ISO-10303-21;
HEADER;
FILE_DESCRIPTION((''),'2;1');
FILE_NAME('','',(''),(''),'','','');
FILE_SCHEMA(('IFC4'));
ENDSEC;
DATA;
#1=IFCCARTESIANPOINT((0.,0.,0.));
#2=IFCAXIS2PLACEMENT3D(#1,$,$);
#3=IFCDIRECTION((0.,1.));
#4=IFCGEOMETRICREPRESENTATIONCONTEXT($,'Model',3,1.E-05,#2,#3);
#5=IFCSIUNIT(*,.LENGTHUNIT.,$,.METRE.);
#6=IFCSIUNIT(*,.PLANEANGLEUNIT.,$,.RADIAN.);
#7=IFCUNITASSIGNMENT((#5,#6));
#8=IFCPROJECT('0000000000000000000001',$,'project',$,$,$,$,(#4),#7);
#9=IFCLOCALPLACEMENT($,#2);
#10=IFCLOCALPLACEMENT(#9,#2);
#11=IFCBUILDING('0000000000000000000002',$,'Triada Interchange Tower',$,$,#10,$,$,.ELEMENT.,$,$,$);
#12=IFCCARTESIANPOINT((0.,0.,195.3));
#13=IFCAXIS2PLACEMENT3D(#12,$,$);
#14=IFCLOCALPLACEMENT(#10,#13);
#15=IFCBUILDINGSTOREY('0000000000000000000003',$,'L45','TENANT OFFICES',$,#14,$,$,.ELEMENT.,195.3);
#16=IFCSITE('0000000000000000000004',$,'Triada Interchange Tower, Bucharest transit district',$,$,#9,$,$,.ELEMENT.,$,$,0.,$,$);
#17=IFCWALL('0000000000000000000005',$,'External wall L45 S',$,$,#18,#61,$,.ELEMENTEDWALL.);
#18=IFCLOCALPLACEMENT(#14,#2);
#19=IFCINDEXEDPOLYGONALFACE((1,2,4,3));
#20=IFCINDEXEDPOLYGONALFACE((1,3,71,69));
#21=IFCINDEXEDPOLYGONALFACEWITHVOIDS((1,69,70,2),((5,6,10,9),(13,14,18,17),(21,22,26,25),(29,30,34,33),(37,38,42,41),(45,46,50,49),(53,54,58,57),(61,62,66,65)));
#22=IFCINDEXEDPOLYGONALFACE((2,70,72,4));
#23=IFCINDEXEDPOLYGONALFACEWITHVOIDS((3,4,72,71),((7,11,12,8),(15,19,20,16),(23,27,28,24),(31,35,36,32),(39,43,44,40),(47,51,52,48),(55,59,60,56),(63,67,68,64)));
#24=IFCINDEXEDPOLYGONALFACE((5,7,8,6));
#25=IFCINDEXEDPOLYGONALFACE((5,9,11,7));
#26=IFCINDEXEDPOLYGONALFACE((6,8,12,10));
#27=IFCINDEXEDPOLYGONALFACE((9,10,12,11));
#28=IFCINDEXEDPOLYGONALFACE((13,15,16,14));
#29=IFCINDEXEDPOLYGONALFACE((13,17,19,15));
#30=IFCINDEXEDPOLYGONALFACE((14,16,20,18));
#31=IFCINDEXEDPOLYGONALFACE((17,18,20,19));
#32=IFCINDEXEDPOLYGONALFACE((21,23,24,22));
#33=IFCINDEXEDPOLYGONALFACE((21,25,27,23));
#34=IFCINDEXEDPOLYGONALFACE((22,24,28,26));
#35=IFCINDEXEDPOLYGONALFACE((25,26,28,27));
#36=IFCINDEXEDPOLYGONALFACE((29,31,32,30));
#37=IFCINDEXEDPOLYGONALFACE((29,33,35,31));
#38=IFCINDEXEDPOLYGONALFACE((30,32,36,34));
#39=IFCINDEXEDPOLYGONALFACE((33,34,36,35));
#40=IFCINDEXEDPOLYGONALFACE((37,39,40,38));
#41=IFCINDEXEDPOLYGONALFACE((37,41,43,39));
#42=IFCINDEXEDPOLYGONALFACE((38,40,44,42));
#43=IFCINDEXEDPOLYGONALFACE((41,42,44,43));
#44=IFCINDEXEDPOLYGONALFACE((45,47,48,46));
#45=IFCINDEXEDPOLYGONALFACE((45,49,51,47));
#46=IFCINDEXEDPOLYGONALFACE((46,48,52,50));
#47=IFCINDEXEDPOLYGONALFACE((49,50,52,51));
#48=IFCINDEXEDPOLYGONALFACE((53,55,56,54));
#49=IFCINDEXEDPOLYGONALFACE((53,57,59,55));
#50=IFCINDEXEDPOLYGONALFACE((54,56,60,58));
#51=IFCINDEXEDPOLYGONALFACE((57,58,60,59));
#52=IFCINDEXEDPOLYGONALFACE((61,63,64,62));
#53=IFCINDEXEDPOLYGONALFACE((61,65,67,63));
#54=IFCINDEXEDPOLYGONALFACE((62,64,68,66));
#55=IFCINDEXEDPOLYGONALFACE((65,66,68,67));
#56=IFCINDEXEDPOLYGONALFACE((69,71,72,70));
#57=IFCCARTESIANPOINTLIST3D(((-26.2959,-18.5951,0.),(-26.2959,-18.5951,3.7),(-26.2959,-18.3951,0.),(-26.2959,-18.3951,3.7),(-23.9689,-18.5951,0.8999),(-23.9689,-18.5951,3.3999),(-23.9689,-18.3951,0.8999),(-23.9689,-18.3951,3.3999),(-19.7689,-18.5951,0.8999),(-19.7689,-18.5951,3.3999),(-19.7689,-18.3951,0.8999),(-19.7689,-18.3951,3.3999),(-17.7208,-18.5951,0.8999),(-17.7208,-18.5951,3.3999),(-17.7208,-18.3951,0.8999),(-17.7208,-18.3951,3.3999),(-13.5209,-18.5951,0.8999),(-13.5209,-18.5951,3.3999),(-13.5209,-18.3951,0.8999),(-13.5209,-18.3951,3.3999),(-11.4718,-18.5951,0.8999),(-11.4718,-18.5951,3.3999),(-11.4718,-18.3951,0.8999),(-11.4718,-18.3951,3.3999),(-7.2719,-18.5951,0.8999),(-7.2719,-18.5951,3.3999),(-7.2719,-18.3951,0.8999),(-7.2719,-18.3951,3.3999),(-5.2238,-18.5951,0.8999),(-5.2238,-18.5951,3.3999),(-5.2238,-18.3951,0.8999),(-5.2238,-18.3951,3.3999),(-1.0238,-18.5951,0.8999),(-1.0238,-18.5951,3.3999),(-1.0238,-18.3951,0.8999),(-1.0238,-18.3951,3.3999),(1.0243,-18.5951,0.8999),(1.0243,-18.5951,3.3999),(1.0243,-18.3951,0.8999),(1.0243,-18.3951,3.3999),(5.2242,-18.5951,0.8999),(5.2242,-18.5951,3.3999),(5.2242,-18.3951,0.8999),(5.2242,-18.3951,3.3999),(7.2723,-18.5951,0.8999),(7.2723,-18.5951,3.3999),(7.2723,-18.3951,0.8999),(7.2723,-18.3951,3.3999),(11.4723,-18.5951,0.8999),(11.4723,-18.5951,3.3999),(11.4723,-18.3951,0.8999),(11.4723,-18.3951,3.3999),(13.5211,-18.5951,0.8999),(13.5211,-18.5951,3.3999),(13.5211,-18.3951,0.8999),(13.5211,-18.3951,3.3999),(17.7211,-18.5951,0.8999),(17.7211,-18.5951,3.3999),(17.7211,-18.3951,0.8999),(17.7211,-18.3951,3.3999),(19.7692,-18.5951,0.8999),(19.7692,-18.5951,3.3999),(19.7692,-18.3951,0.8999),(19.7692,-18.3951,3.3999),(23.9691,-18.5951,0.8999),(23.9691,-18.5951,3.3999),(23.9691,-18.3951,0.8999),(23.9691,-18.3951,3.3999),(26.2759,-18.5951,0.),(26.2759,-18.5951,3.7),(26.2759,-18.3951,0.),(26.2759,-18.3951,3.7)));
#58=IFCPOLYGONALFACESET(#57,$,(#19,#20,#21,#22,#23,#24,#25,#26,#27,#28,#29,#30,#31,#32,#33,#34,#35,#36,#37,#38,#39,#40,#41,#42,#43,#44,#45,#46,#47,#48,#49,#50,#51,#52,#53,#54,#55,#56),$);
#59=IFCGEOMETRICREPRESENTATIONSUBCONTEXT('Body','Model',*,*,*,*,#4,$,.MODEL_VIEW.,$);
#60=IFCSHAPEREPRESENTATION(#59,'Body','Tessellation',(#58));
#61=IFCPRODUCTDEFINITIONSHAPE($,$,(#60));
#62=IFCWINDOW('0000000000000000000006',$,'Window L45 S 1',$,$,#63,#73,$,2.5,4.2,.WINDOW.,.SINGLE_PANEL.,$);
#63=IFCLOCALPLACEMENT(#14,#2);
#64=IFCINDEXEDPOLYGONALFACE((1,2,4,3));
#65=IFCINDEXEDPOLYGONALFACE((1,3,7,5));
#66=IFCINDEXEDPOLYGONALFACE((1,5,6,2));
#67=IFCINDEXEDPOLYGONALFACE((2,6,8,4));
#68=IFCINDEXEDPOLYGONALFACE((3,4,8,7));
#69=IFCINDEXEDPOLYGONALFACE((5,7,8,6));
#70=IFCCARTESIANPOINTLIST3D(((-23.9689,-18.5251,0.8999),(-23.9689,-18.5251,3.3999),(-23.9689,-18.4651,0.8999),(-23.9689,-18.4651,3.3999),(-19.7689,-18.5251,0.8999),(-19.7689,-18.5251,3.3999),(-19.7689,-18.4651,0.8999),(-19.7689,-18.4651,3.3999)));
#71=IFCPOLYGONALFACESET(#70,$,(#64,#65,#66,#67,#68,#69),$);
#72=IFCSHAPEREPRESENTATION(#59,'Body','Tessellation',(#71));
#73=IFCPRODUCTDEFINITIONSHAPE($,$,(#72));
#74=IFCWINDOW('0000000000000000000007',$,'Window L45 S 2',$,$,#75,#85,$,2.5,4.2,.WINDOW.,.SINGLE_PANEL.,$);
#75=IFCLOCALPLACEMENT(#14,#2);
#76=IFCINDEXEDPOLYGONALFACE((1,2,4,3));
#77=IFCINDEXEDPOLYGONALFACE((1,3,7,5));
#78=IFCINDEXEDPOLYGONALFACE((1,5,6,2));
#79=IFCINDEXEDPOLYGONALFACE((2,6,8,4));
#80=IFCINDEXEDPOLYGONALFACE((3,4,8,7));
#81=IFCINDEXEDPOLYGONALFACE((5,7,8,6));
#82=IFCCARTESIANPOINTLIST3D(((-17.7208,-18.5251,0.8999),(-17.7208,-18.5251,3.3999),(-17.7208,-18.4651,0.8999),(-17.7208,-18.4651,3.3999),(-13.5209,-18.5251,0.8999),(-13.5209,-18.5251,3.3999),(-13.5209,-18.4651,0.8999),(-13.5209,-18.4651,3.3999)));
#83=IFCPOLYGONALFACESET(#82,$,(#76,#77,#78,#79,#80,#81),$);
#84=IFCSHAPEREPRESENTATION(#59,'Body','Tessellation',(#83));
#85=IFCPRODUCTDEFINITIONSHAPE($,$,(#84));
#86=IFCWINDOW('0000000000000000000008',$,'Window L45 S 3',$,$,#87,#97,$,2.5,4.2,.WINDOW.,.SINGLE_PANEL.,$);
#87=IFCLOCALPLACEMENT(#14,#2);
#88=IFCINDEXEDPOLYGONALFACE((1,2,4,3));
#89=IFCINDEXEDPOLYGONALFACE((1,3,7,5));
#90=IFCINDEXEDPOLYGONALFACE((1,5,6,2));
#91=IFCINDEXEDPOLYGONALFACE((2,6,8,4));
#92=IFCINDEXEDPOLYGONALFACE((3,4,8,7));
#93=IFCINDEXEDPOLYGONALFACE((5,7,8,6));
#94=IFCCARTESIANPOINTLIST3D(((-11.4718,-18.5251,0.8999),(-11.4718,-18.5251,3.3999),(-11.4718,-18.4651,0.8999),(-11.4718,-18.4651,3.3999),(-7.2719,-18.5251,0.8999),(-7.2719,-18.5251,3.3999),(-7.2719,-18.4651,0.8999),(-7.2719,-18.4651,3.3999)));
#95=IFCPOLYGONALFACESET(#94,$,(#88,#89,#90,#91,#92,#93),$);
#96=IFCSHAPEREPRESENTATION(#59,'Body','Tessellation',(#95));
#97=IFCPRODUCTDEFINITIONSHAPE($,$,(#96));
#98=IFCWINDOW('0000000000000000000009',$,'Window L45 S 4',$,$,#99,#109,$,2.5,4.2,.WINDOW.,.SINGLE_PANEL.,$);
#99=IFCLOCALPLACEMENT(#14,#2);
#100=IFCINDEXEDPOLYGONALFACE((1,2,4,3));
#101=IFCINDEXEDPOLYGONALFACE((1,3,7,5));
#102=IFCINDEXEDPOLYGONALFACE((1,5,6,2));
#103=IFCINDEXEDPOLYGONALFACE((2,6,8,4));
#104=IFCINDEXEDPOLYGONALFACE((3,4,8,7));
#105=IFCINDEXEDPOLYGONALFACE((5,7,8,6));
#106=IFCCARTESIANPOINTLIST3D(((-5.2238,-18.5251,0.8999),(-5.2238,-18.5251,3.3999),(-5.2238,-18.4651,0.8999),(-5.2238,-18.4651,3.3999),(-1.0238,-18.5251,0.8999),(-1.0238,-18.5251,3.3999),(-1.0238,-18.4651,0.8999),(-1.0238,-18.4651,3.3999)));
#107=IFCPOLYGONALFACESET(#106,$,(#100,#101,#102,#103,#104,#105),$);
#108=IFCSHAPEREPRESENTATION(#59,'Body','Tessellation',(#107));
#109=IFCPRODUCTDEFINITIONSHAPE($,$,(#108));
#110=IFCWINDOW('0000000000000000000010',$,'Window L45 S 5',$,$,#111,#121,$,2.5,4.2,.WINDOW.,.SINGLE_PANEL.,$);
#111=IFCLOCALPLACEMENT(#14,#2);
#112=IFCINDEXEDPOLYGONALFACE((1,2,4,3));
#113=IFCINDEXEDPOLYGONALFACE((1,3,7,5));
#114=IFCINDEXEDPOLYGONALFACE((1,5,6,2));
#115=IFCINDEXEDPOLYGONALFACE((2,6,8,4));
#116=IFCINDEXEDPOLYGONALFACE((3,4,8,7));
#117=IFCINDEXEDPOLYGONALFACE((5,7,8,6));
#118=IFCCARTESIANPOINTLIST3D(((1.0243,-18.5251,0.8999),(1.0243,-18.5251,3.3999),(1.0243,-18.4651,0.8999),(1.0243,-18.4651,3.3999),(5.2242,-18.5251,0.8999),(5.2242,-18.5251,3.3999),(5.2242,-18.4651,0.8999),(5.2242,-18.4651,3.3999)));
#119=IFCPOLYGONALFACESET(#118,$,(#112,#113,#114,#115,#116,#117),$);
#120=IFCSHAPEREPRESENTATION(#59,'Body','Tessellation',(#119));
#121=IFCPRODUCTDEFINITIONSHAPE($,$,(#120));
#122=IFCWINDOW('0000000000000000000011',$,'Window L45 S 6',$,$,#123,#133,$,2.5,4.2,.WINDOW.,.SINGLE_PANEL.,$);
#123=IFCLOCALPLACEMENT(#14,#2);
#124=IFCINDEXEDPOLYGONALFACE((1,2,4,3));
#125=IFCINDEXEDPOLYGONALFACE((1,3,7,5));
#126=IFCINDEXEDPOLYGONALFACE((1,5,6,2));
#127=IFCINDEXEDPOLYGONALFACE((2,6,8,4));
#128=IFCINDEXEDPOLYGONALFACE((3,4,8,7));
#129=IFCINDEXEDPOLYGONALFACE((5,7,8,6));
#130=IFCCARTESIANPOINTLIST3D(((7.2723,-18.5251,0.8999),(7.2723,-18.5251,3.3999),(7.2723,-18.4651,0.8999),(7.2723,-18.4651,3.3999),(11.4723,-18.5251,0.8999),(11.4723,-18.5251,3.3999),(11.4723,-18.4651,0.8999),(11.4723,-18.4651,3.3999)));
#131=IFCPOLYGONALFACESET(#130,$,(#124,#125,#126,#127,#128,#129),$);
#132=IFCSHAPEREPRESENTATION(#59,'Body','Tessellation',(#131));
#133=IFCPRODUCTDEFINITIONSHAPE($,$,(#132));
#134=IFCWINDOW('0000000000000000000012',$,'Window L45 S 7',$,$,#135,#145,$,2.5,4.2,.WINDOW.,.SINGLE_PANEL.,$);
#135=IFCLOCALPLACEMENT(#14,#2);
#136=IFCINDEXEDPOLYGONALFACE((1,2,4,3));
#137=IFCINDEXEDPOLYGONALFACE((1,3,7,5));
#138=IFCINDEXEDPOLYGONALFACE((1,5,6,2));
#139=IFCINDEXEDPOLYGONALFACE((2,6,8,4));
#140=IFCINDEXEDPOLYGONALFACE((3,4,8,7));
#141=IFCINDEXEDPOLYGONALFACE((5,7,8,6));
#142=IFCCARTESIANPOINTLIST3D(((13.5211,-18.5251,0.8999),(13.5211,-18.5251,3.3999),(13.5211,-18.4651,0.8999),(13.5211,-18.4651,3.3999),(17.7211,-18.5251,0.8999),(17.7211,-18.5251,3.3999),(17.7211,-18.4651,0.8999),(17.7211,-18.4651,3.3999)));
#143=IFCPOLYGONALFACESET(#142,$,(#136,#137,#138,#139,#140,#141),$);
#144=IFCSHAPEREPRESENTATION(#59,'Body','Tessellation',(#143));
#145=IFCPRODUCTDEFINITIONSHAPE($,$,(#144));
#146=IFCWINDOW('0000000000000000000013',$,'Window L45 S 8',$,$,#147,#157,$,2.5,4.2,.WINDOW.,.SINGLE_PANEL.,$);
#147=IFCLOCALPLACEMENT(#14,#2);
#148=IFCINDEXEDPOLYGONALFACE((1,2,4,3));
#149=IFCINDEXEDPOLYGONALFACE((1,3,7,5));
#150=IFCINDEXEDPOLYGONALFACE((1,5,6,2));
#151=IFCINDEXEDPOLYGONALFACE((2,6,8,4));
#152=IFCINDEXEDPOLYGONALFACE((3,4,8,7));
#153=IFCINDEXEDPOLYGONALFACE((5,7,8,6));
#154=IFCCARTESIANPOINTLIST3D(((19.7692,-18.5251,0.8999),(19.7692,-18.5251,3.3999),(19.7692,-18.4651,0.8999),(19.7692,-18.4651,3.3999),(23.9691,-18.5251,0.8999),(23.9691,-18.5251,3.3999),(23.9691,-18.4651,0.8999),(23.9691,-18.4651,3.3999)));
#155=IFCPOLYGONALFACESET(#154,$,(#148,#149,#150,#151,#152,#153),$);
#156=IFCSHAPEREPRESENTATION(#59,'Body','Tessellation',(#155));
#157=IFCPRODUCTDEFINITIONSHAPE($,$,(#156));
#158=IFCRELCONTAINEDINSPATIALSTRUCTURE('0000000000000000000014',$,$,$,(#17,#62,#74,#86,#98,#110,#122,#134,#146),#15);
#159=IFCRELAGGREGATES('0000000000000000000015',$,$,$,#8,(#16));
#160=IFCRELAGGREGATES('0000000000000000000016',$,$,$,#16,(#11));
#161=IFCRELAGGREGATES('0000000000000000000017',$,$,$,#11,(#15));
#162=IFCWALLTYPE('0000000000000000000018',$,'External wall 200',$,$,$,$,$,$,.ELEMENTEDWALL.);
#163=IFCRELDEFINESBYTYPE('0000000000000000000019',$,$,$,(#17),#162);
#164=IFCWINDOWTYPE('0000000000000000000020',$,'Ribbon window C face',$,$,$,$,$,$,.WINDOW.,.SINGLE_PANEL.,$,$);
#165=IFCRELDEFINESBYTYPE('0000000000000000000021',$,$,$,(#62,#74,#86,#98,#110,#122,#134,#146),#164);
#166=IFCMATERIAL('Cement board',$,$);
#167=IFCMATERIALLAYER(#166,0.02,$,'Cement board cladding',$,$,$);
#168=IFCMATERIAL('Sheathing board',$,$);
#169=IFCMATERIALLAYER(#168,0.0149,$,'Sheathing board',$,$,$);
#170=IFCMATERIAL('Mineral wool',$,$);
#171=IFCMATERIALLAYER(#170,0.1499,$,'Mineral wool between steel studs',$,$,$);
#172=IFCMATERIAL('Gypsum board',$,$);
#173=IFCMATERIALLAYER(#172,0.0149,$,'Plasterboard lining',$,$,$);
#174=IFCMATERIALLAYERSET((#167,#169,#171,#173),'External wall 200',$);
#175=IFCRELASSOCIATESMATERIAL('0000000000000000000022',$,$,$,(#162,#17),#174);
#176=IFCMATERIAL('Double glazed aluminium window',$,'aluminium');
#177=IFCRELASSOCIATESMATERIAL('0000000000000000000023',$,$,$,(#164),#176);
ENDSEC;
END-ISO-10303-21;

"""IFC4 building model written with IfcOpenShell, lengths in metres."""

from ifc_helpers import new_model, si_unit, direction, frame, frame_2d, origin, place, context, subcontext, project, spatial, rectangle, extrude, material, layer, layer_set, layer_usage, type_object, element, fill, save


model = new_model("IFC4")

# Units and contexts
model_context = context("Model", 3, precision=1e-05, world=origin(), true_north=direction((0.0, 1.0)))
body_context = subcontext(model_context, "Body", "Model", "MODEL_VIEW")
ifc_project = project(units=[si_unit("LENGTHUNIT", "METRE"), si_unit("PLANEANGLEUNIT", "RADIAN")], contexts=[model_context])

# Site, building, storey
site_placement = place(None, origin())
site = spatial("IfcSite", under=ifc_project, at=site_placement, Name="Triada Interchange Tower, Bucharest transit district", CompositionType="ELEMENT", RefElevation=0.0)
building_placement = place(site_placement, origin())
building = spatial("IfcBuilding", under=site, at=building_placement, Name="Triada Interchange Tower", CompositionType="ELEMENT")
storey_placement = place(building_placement, frame((0.0, 0.0, 195.3)))
storey = spatial("IfcBuildingStorey", under=building, at=storey_placement, Name="L45", Description="TENANT OFFICES", CompositionType="ELEMENT", Elevation=195.3)

# Shared definitions
ifc_material_1 = material(Name="Cement board")
ifc_layer_1 = layer(ifc_material_1, 0.02, Name="Cement board cladding")
ifc_material_2 = material(Name="Sheathing board")
ifc_layer_2 = layer(ifc_material_2, 0.0149, Name="Sheathing board")
ifc_material_3 = material(Name="Mineral wool")
ifc_layer_3 = layer(ifc_material_3, 0.1499, Name="Mineral wool between steel studs")
ifc_material_4 = material(Name="Gypsum board")
ifc_layer_4 = layer(ifc_material_4, 0.0149, Name="Plasterboard lining")
ifc_layer_set_1 = layer_set([ifc_layer_1, ifc_layer_2, ifc_layer_3, ifc_layer_4], Name="External wall 200")
ifc_layer_usage = layer_usage(ifc_layer_set_1, "AXIS2", "POSITIVE", -0.1001)
wall_type_1 = type_object("IfcWallType", Name="External wall 200", PredefinedType="ELEMENTEDWALL", material=ifc_layer_set_1)
ifc_material_5 = material(Name="Double glazed aluminium window", Category="aluminium")

# Wall, openings, windows
wall_1_placement = place(storey_placement, frame((-26.2959, -18.4951, 0.0), z_axis=(0.0, 0.0, 1.0), x_axis=(1.0, 0.0, 0.0)))
wall_1 = element("IfcWall", 1, at=wall_1_placement, inside=storey, type_object=wall_type_1, material=ifc_layer_usage, Name="External wall L45 S", PredefinedType="ELEMENTEDWALL", context=body_context, shape_type="SweptSolid", body=[
    extrude(rectangle(XDim=52.5718, YDim=0.2, at=frame_2d((26.2859, 0.0))), origin(), (0.0, 0.0, 1.0), 3.7),
])
opening_1_placement = place(wall_1_placement, frame((2.3269, 0.0, 0.8999)))
opening_1 = element("IfcOpeningElement", 2, at=opening_1_placement, cuts=wall_1, PredefinedType="OPENING", context=body_context, shape_type="SweptSolid", body=[
    extrude(rectangle(XDim=4.2, YDim=2.5, at=frame_2d((2.1001, 1.25))), frame((0.0, 0.1099, 0.0), z_axis=(0.0, -1.0, 0.0), x_axis=(1.0, 0.0, 0.0)), (0.0, 0.0, 1.0), 0.22),
])
opening_2_placement = place(wall_1_placement, frame((8.575, 0.0, 0.8999)))
opening_2 = element("IfcOpeningElement", 3, at=opening_2_placement, cuts=wall_1, PredefinedType="OPENING", context=body_context, shape_type="SweptSolid", body=[
    extrude(rectangle(XDim=4.2, YDim=2.5, at=frame_2d((2.1001, 1.25))), frame((0.0, 0.1099, 0.0), z_axis=(0.0, -1.0, 0.0), x_axis=(1.0, 0.0, 0.0)), (0.0, 0.0, 1.0), 0.22),
])
opening_3_placement = place(wall_1_placement, frame((14.824, 0.0, 0.8999)))
opening_3 = element("IfcOpeningElement", 4, at=opening_3_placement, cuts=wall_1, PredefinedType="OPENING", context=body_context, shape_type="SweptSolid", body=[
    extrude(rectangle(XDim=4.2, YDim=2.5, at=frame_2d((2.1001, 1.25))), frame((0.0, 0.1099, 0.0), z_axis=(0.0, -1.0, 0.0), x_axis=(1.0, 0.0, 0.0)), (0.0, 0.0, 1.0), 0.22),
])
opening_4_placement = place(wall_1_placement, frame((21.072, 0.0, 0.8999)))
opening_4 = element("IfcOpeningElement", 5, at=opening_4_placement, cuts=wall_1, PredefinedType="OPENING", context=body_context, shape_type="SweptSolid", body=[
    extrude(rectangle(XDim=4.2, YDim=2.5, at=frame_2d((2.1001, 1.25))), frame((0.0, 0.1099, 0.0), z_axis=(0.0, -1.0, 0.0), x_axis=(1.0, 0.0, 0.0)), (0.0, 0.0, 1.0), 0.22),
])
opening_5_placement = place(wall_1_placement, frame((27.3201, 0.0, 0.8999)))
opening_5 = element("IfcOpeningElement", 6, at=opening_5_placement, cuts=wall_1, PredefinedType="OPENING", context=body_context, shape_type="SweptSolid", body=[
    extrude(rectangle(XDim=4.2, YDim=2.5, at=frame_2d((2.1001, 1.25))), frame((0.0, 0.1099, 0.0), z_axis=(0.0, -1.0, 0.0), x_axis=(1.0, 0.0, 0.0)), (0.0, 0.0, 1.0), 0.22),
])
opening_6_placement = place(wall_1_placement, frame((33.5681, 0.0, 0.8999)))
opening_6 = element("IfcOpeningElement", 7, at=opening_6_placement, cuts=wall_1, PredefinedType="OPENING", context=body_context, shape_type="SweptSolid", body=[
    extrude(rectangle(XDim=4.2, YDim=2.5, at=frame_2d((2.1001, 1.25))), frame((0.0, 0.1099, 0.0), z_axis=(0.0, -1.0, 0.0), x_axis=(1.0, 0.0, 0.0)), (0.0, 0.0, 1.0), 0.22),
])
opening_7_placement = place(wall_1_placement, frame((39.8169, 0.0, 0.8999)))
opening_7 = element("IfcOpeningElement", 8, at=opening_7_placement, cuts=wall_1, PredefinedType="OPENING", context=body_context, shape_type="SweptSolid", body=[
    extrude(rectangle(XDim=4.2, YDim=2.5, at=frame_2d((2.1001, 1.25))), frame((0.0, 0.1099, 0.0), z_axis=(0.0, -1.0, 0.0), x_axis=(1.0, 0.0, 0.0)), (0.0, 0.0, 1.0), 0.22),
])
opening_8_placement = place(wall_1_placement, frame((46.0649, 0.0, 0.8999)))
opening_8 = element("IfcOpeningElement", 9, at=opening_8_placement, cuts=wall_1, PredefinedType="OPENING", context=body_context, shape_type="SweptSolid", body=[
    extrude(rectangle(XDim=4.2, YDim=2.5, at=frame_2d((2.1001, 1.25))), frame((0.0, 0.1099, 0.0), z_axis=(0.0, -1.0, 0.0), x_axis=(1.0, 0.0, 0.0)), (0.0, 0.0, 1.0), 0.22),
])
window_type_1 = type_object("IfcWindowType", Name="Ribbon window C face", PartitioningType="SINGLE_PANEL", PredefinedType="WINDOW", material=ifc_material_5)
window_1_placement = place(opening_1_placement, origin())
window_1 = element("IfcWindow", 10, at=window_1_placement, inside=storey, type_object=window_type_1, Name="Window L45 S 1", OverallHeight=2.5, OverallWidth=4.2, PartitioningType="SINGLE_PANEL", PredefinedType="WINDOW", context=body_context, shape_type="SweptSolid", body=[
    extrude(rectangle(XDim=4.2, YDim=2.5, at=frame_2d((2.1001, 1.25))), frame((0.0, 0.03, 0.0), z_axis=(0.0, -1.0, 0.0), x_axis=(1.0, 0.0, 0.0)), (0.0, 0.0, 1.0), 0.0601),
])
fill(opening_1, window_1)
window_2_placement = place(opening_2_placement, origin())
window_2 = element("IfcWindow", 11, at=window_2_placement, inside=storey, type_object=window_type_1, Name="Window L45 S 2", OverallHeight=2.5, OverallWidth=4.2, PartitioningType="SINGLE_PANEL", PredefinedType="WINDOW", context=body_context, shape_type="SweptSolid", body=[
    extrude(rectangle(XDim=4.2, YDim=2.5, at=frame_2d((2.1001, 1.25))), frame((0.0, 0.03, 0.0), z_axis=(0.0, -1.0, 0.0), x_axis=(1.0, 0.0, 0.0)), (0.0, 0.0, 1.0), 0.0601),
])
fill(opening_2, window_2)
window_3_placement = place(opening_3_placement, origin())
window_3 = element("IfcWindow", 12, at=window_3_placement, inside=storey, type_object=window_type_1, Name="Window L45 S 3", OverallHeight=2.5, OverallWidth=4.2, PartitioningType="SINGLE_PANEL", PredefinedType="WINDOW", context=body_context, shape_type="SweptSolid", body=[
    extrude(rectangle(XDim=4.2, YDim=2.5, at=frame_2d((2.1001, 1.25))), frame((0.0, 0.03, 0.0), z_axis=(0.0, -1.0, 0.0), x_axis=(1.0, 0.0, 0.0)), (0.0, 0.0, 1.0), 0.0601),
])
fill(opening_3, window_3)
window_4_placement = place(opening_4_placement, origin())
window_4 = element("IfcWindow", 13, at=window_4_placement, inside=storey, type_object=window_type_1, Name="Window L45 S 4", OverallHeight=2.5, OverallWidth=4.2, PartitioningType="SINGLE_PANEL", PredefinedType="WINDOW", context=body_context, shape_type="SweptSolid", body=[
    extrude(rectangle(XDim=4.2, YDim=2.5, at=frame_2d((2.1001, 1.25))), frame((0.0, 0.03, 0.0), z_axis=(0.0, -1.0, 0.0), x_axis=(1.0, 0.0, 0.0)), (0.0, 0.0, 1.0), 0.0601),
])
fill(opening_4, window_4)
window_5_placement = place(opening_5_placement, origin())
window_5 = element("IfcWindow", 14, at=window_5_placement, inside=storey, type_object=window_type_1, Name="Window L45 S 5", OverallHeight=2.5, OverallWidth=4.2, PartitioningType="SINGLE_PANEL", PredefinedType="WINDOW", context=body_context, shape_type="SweptSolid", body=[
    extrude(rectangle(XDim=4.2, YDim=2.5, at=frame_2d((2.1001, 1.25))), frame((0.0, 0.03, 0.0), z_axis=(0.0, -1.0, 0.0), x_axis=(1.0, 0.0, 0.0)), (0.0, 0.0, 1.0), 0.0601),
])
fill(opening_5, window_5)
window_6_placement = place(opening_6_placement, origin())
window_6 = element("IfcWindow", 15, at=window_6_placement, inside=storey, type_object=window_type_1, Name="Window L45 S 6", OverallHeight=2.5, OverallWidth=4.2, PartitioningType="SINGLE_PANEL", PredefinedType="WINDOW", context=body_context, shape_type="SweptSolid", body=[
    extrude(rectangle(XDim=4.2, YDim=2.5, at=frame_2d((2.1001, 1.25))), frame((0.0, 0.03, 0.0), z_axis=(0.0, -1.0, 0.0), x_axis=(1.0, 0.0, 0.0)), (0.0, 0.0, 1.0), 0.0601),
])
fill(opening_6, window_6)
window_7_placement = place(opening_7_placement, origin())
window_7 = element("IfcWindow", 16, at=window_7_placement, inside=storey, type_object=window_type_1, Name="Window L45 S 7", OverallHeight=2.5, OverallWidth=4.2, PartitioningType="SINGLE_PANEL", PredefinedType="WINDOW", context=body_context, shape_type="SweptSolid", body=[
    extrude(rectangle(XDim=4.2, YDim=2.5, at=frame_2d((2.1001, 1.25))), frame((0.0, 0.03, 0.0), z_axis=(0.0, -1.0, 0.0), x_axis=(1.0, 0.0, 0.0)), (0.0, 0.0, 1.0), 0.0601),
])
fill(opening_7, window_7)
window_8_placement = place(opening_8_placement, origin())
window_8 = element("IfcWindow", 17, at=window_8_placement, inside=storey, type_object=window_type_1, Name="Window L45 S 8", OverallHeight=2.5, OverallWidth=4.2, PartitioningType="SINGLE_PANEL", PredefinedType="WINDOW", context=body_context, shape_type="SweptSolid", body=[
    extrude(rectangle(XDim=4.2, YDim=2.5, at=frame_2d((2.1001, 1.25))), frame((0.0, 0.03, 0.0), z_axis=(0.0, -1.0, 0.0), x_axis=(1.0, 0.0, 0.0)), (0.0, 0.0, 1.0), 0.0601),
])
fill(opening_8, window_8)

save(model, "model.ifc")
